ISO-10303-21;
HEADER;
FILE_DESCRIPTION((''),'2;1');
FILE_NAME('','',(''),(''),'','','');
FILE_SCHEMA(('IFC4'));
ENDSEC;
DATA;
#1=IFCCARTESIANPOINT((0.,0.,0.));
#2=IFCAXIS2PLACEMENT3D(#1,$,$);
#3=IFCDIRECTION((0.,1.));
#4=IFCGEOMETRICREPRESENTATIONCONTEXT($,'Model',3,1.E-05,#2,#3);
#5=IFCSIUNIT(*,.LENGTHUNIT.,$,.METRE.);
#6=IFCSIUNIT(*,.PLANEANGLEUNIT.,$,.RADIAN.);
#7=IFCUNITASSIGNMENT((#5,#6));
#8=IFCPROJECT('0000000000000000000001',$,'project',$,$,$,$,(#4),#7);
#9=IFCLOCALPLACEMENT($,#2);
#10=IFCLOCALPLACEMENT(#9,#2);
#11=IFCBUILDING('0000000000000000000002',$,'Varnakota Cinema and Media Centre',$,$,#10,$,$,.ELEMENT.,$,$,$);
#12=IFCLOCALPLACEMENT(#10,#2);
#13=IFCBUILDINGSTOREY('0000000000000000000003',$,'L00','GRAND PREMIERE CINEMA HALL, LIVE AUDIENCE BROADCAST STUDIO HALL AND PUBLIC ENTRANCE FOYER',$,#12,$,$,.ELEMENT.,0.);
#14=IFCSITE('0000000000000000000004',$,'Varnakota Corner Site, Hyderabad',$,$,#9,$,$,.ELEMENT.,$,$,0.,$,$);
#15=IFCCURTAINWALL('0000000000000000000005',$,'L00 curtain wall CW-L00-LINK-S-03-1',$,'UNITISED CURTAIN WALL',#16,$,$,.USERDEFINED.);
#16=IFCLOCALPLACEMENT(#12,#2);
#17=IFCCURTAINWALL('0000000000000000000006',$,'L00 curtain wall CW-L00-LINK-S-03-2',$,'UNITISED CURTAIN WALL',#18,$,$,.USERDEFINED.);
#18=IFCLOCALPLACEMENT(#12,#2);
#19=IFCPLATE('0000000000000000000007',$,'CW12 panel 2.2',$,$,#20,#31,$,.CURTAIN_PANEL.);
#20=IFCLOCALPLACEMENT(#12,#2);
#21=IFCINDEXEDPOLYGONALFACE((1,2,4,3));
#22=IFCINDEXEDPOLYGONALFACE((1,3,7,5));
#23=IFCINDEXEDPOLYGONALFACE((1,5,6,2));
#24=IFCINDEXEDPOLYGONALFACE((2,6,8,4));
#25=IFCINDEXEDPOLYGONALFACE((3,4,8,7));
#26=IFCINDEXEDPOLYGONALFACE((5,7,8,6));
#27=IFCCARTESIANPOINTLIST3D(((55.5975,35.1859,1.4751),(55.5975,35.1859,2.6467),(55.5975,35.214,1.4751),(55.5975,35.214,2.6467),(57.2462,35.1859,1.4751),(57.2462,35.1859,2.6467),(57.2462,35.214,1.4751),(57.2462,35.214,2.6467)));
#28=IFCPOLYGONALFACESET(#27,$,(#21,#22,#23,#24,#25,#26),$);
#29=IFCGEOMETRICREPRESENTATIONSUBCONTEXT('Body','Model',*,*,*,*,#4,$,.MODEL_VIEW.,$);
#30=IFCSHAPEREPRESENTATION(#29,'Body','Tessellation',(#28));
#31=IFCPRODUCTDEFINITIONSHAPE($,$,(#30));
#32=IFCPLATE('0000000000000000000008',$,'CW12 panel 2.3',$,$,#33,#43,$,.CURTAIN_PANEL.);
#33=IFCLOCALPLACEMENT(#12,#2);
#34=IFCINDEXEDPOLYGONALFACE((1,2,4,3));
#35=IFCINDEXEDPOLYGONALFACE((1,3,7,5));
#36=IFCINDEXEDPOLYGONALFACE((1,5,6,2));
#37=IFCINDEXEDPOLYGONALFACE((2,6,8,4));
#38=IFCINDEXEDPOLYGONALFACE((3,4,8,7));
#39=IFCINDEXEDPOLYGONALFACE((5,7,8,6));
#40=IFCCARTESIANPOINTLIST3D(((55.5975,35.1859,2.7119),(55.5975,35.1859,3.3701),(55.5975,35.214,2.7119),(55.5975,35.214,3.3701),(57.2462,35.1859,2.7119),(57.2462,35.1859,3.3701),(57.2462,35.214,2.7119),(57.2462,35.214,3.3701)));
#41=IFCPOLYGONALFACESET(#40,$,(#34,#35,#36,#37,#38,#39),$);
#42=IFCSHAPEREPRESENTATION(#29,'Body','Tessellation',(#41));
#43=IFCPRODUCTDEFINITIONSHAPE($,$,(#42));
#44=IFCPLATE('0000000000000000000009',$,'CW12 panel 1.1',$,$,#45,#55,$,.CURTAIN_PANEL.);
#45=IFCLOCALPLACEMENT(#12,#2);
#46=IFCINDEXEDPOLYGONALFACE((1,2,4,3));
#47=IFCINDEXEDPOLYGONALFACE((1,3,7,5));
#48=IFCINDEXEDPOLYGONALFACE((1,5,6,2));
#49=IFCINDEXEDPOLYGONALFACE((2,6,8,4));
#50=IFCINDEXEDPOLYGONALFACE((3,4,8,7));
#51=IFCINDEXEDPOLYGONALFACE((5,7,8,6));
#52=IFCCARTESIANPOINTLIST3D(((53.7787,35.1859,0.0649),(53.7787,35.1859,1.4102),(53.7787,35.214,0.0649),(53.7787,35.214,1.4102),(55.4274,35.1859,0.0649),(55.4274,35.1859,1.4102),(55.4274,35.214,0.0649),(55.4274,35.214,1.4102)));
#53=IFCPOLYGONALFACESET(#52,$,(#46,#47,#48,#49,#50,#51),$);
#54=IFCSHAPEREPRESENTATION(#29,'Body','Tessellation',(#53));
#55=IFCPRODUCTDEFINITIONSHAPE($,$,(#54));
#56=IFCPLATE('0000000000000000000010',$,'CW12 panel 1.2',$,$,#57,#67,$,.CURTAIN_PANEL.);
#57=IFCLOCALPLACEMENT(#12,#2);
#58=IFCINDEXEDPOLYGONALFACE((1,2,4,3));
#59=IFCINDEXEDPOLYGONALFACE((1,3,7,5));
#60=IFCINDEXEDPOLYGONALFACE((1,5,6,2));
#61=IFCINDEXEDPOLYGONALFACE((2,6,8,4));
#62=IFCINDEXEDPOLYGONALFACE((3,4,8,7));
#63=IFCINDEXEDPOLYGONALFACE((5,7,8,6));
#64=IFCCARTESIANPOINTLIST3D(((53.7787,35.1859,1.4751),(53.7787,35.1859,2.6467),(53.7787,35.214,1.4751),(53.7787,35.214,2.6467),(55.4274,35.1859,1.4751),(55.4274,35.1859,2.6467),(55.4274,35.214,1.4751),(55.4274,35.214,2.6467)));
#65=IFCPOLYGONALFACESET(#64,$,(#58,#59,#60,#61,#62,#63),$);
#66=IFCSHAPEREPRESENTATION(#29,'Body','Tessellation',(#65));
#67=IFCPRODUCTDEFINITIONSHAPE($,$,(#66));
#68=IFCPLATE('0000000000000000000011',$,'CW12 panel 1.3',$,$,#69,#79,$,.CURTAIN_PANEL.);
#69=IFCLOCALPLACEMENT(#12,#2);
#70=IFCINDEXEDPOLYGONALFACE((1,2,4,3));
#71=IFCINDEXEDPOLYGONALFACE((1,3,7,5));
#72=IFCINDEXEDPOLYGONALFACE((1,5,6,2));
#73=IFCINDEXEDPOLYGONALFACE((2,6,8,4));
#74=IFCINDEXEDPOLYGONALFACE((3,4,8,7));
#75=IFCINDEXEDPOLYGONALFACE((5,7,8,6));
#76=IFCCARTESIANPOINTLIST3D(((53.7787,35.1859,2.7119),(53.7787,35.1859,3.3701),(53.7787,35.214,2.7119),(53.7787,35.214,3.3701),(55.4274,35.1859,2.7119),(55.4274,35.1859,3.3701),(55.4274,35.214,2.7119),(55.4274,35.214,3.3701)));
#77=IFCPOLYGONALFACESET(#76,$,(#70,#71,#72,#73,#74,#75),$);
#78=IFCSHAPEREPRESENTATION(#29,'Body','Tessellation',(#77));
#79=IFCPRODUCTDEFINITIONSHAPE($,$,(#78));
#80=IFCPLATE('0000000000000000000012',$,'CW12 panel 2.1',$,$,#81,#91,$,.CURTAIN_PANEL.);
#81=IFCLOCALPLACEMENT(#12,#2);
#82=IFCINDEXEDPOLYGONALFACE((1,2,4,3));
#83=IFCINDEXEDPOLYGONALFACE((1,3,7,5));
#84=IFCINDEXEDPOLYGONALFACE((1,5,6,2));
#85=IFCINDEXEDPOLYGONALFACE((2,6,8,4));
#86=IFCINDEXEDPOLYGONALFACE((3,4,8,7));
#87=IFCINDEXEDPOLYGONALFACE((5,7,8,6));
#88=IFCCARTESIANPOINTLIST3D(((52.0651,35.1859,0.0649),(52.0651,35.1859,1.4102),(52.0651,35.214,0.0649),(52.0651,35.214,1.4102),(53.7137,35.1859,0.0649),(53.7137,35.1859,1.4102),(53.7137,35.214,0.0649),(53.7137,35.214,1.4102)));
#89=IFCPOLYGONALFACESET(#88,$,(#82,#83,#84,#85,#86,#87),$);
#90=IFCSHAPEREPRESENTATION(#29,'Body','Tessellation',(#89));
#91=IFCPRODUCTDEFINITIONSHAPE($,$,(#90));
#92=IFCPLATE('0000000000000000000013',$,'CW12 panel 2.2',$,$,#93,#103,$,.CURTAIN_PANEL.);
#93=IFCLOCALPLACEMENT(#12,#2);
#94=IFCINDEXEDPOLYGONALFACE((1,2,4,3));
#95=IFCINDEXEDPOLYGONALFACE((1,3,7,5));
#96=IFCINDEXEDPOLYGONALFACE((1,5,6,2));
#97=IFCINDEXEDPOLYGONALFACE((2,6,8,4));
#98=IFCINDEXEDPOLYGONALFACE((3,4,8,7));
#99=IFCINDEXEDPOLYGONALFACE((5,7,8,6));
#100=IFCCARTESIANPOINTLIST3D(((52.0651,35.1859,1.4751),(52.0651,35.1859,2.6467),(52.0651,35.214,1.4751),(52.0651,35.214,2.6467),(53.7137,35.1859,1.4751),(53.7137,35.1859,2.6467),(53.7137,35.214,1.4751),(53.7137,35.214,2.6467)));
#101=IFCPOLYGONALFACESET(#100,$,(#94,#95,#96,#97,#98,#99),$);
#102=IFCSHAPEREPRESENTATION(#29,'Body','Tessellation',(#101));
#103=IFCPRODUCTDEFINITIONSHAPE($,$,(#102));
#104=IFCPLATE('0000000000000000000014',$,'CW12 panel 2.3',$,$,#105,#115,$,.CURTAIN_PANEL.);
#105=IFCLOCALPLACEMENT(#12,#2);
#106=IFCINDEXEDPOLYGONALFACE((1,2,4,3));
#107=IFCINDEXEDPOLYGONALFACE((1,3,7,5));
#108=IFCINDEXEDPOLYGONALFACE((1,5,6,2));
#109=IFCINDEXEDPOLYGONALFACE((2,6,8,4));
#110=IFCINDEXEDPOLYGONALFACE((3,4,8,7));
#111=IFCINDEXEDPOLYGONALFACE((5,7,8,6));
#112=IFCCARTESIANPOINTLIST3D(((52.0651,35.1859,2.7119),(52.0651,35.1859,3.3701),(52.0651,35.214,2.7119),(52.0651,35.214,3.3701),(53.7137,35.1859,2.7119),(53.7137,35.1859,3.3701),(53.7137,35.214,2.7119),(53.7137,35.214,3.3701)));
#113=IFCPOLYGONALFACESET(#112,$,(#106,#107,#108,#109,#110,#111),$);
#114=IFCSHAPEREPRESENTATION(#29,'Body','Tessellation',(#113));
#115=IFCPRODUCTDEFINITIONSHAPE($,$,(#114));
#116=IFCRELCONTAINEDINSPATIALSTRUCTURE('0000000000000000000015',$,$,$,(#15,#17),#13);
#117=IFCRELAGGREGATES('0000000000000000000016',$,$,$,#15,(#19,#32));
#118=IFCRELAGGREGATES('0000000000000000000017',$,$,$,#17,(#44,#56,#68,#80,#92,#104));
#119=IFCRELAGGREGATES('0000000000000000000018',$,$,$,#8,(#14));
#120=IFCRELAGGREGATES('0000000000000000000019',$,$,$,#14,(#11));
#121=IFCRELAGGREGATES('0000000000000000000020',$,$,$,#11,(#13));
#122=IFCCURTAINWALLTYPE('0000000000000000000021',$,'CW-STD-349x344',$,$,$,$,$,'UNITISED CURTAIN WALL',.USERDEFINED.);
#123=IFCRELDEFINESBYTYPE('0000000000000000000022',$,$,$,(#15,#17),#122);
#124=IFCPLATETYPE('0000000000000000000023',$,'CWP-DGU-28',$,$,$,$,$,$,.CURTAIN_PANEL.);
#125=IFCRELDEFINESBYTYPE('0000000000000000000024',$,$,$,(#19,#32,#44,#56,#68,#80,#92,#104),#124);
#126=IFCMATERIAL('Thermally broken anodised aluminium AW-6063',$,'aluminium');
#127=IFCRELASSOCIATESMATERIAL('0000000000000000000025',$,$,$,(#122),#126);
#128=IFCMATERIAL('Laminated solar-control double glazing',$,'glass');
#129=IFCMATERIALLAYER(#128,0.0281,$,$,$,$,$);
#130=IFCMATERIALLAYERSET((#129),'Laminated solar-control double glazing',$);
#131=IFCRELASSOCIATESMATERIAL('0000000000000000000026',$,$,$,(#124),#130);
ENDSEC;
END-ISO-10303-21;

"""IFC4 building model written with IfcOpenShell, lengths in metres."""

from ifc_helpers import new_model, si_unit, direction, frame, origin, origin_2d, place, context, subcontext, project, spatial, rectangle, extrude, material, layer, layer_set, type_object, element, aggregate, save


model = new_model("IFC4")

# Units and contexts
model_context = context("Model", 3, precision=1e-05, world=origin(), true_north=direction((0.0, 1.0)))
body_context = subcontext(model_context, "Body", "Model", "MODEL_VIEW")
ifc_project = project(units=[si_unit("LENGTHUNIT", "METRE"), si_unit("PLANEANGLEUNIT", "RADIAN")], contexts=[model_context])

# Site, building, storey
site_placement = place(None, origin())
site = spatial("IfcSite", under=ifc_project, at=site_placement, Name="Varnakota Corner Site, Hyderabad", CompositionType="ELEMENT", RefElevation=0.0)
building_placement = place(site_placement, origin())
building = spatial("IfcBuilding", under=site, at=building_placement, Name="Varnakota Cinema and Media Centre", CompositionType="ELEMENT")
storey_placement = place(building_placement, origin())
storey = spatial("IfcBuildingStorey", under=building, at=storey_placement, Name="L00", Description="GRAND PREMIERE CINEMA HALL, LIVE AUDIENCE BROADCAST STUDIO HALL AND PUBLIC ENTRANCE FOYER", CompositionType="ELEMENT", Elevation=0.0)

# Curtain walls
ifc_material_1 = material(Name="Thermally broken anodised aluminium AW-6063", Category="aluminium")
curtain_wall_type = type_object("IfcCurtainWallType", Name="CW-STD-349x344", ElementType="UNITISED CURTAIN WALL", PredefinedType="USERDEFINED", material=ifc_material_1)
curtain_wall_1_placement = place(storey_placement, origin())
curtain_wall_1 = element("IfcCurtainWall", 1, at=curtain_wall_1_placement, inside=storey, type_object=curtain_wall_type, Name="L00 curtain wall CW-L00-LINK-S-03-1", ObjectType="UNITISED CURTAIN WALL", PredefinedType="USERDEFINED")
curtain_wall_2_placement = place(storey_placement, origin())
curtain_wall_2 = element("IfcCurtainWall", 2, at=curtain_wall_2_placement, inside=storey, type_object=curtain_wall_type, Name="L00 curtain wall CW-L00-LINK-S-03-2", ObjectType="UNITISED CURTAIN WALL", PredefinedType="USERDEFINED")

# Plates
ifc_material_2 = material(Name="Laminated solar-control double glazing", Category="glass")
ifc_layer = layer(ifc_material_2, 0.0281)
ifc_layer_set = layer_set([ifc_layer], Name="Laminated solar-control double glazing")
plate_type = type_object("IfcPlateType", Name="CWP-DGU-28", PredefinedType="CURTAIN_PANEL", material=ifc_layer_set)
plate_1_placement = place(storey_placement, frame((56.4219, 35.2, 1.4751), z_axis=(0.0, 0.0, 1.0), x_axis=(-1.0, 0.0, 0.0)))
plate_1 = element("IfcPlate", 3, at=plate_1_placement, type_object=plate_type, Name="CW12 panel 2.2", PredefinedType="CURTAIN_PANEL", context=body_context, shape_type="SweptSolid", body=[
    extrude(rectangle(XDim=1.6487, YDim=0.0281, at=origin_2d()), origin(), (0.0, 0.0, 1.0), 1.1716),
])
plate_2_placement = place(storey_placement, frame((56.4219, 35.2, 2.7119), z_axis=(0.0, 0.0, 1.0), x_axis=(-1.0, 0.0, 0.0)))
plate_2 = element("IfcPlate", 4, at=plate_2_placement, type_object=plate_type, Name="CW12 panel 2.3", PredefinedType="CURTAIN_PANEL", context=body_context, shape_type="SweptSolid", body=[
    extrude(rectangle(XDim=1.6487, YDim=0.0281, at=origin_2d()), origin(), (0.0, 0.0, 1.0), 0.6582),
])
aggregate(curtain_wall_1, [plate_1, plate_2])
plate_3_placement = place(storey_placement, frame((54.603, 35.2, 0.0649), z_axis=(0.0, 0.0, 1.0), x_axis=(-1.0, 0.0, 0.0)))
plate_3 = element("IfcPlate", 5, at=plate_3_placement, type_object=plate_type, Name="CW12 panel 1.1", PredefinedType="CURTAIN_PANEL", context=body_context, shape_type="SweptSolid", body=[
    extrude(rectangle(XDim=1.6487, YDim=0.0281, at=origin_2d()), origin(), (0.0, 0.0, 1.0), 1.3452),
])
plate_4_placement = place(storey_placement, frame((54.603, 35.2, 1.4751), z_axis=(0.0, 0.0, 1.0), x_axis=(-1.0, 0.0, 0.0)))
plate_4 = element("IfcPlate", 6, at=plate_4_placement, type_object=plate_type, Name="CW12 panel 1.2", PredefinedType="CURTAIN_PANEL", context=body_context, shape_type="SweptSolid", body=[
    extrude(rectangle(XDim=1.6487, YDim=0.0281, at=origin_2d()), origin(), (0.0, 0.0, 1.0), 1.1716),
])
plate_5_placement = place(storey_placement, frame((54.603, 35.2, 2.7119), z_axis=(0.0, 0.0, 1.0), x_axis=(-1.0, 0.0, 0.0)))
plate_5 = element("IfcPlate", 7, at=plate_5_placement, type_object=plate_type, Name="CW12 panel 1.3", PredefinedType="CURTAIN_PANEL", context=body_context, shape_type="SweptSolid", body=[
    extrude(rectangle(XDim=1.6487, YDim=0.0281, at=origin_2d()), origin(), (0.0, 0.0, 1.0), 0.6582),
])
plate_6_placement = place(storey_placement, frame((52.8894, 35.2, 0.0649), z_axis=(0.0, 0.0, 1.0), x_axis=(-1.0, 0.0, 0.0)))
plate_6 = element("IfcPlate", 8, at=plate_6_placement, type_object=plate_type, Name="CW12 panel 2.1", PredefinedType="CURTAIN_PANEL", context=body_context, shape_type="SweptSolid", body=[
    extrude(rectangle(XDim=1.6487, YDim=0.0281, at=origin_2d()), origin(), (0.0, 0.0, 1.0), 1.3452),
])
plate_7_placement = place(storey_placement, frame((52.8894, 35.2, 1.4751), z_axis=(0.0, 0.0, 1.0), x_axis=(-1.0, 0.0, 0.0)))
plate_7 = element("IfcPlate", 9, at=plate_7_placement, type_object=plate_type, Name="CW12 panel 2.2", PredefinedType="CURTAIN_PANEL", context=body_context, shape_type="SweptSolid", body=[
    extrude(rectangle(XDim=1.6487, YDim=0.0281, at=origin_2d()), origin(), (0.0, 0.0, 1.0), 1.1716),
])
plate_8_placement = place(storey_placement, frame((52.8894, 35.2, 2.7119), z_axis=(0.0, 0.0, 1.0), x_axis=(-1.0, 0.0, 0.0)))
plate_8 = element("IfcPlate", 10, at=plate_8_placement, type_object=plate_type, Name="CW12 panel 2.3", PredefinedType="CURTAIN_PANEL", context=body_context, shape_type="SweptSolid", body=[
    extrude(rectangle(XDim=1.6487, YDim=0.0281, at=origin_2d()), origin(), (0.0, 0.0, 1.0), 0.6582),
])
aggregate(curtain_wall_2, [plate_3, plate_4, plate_5, plate_6, plate_7, plate_8])

save(model, "model.ifc")
